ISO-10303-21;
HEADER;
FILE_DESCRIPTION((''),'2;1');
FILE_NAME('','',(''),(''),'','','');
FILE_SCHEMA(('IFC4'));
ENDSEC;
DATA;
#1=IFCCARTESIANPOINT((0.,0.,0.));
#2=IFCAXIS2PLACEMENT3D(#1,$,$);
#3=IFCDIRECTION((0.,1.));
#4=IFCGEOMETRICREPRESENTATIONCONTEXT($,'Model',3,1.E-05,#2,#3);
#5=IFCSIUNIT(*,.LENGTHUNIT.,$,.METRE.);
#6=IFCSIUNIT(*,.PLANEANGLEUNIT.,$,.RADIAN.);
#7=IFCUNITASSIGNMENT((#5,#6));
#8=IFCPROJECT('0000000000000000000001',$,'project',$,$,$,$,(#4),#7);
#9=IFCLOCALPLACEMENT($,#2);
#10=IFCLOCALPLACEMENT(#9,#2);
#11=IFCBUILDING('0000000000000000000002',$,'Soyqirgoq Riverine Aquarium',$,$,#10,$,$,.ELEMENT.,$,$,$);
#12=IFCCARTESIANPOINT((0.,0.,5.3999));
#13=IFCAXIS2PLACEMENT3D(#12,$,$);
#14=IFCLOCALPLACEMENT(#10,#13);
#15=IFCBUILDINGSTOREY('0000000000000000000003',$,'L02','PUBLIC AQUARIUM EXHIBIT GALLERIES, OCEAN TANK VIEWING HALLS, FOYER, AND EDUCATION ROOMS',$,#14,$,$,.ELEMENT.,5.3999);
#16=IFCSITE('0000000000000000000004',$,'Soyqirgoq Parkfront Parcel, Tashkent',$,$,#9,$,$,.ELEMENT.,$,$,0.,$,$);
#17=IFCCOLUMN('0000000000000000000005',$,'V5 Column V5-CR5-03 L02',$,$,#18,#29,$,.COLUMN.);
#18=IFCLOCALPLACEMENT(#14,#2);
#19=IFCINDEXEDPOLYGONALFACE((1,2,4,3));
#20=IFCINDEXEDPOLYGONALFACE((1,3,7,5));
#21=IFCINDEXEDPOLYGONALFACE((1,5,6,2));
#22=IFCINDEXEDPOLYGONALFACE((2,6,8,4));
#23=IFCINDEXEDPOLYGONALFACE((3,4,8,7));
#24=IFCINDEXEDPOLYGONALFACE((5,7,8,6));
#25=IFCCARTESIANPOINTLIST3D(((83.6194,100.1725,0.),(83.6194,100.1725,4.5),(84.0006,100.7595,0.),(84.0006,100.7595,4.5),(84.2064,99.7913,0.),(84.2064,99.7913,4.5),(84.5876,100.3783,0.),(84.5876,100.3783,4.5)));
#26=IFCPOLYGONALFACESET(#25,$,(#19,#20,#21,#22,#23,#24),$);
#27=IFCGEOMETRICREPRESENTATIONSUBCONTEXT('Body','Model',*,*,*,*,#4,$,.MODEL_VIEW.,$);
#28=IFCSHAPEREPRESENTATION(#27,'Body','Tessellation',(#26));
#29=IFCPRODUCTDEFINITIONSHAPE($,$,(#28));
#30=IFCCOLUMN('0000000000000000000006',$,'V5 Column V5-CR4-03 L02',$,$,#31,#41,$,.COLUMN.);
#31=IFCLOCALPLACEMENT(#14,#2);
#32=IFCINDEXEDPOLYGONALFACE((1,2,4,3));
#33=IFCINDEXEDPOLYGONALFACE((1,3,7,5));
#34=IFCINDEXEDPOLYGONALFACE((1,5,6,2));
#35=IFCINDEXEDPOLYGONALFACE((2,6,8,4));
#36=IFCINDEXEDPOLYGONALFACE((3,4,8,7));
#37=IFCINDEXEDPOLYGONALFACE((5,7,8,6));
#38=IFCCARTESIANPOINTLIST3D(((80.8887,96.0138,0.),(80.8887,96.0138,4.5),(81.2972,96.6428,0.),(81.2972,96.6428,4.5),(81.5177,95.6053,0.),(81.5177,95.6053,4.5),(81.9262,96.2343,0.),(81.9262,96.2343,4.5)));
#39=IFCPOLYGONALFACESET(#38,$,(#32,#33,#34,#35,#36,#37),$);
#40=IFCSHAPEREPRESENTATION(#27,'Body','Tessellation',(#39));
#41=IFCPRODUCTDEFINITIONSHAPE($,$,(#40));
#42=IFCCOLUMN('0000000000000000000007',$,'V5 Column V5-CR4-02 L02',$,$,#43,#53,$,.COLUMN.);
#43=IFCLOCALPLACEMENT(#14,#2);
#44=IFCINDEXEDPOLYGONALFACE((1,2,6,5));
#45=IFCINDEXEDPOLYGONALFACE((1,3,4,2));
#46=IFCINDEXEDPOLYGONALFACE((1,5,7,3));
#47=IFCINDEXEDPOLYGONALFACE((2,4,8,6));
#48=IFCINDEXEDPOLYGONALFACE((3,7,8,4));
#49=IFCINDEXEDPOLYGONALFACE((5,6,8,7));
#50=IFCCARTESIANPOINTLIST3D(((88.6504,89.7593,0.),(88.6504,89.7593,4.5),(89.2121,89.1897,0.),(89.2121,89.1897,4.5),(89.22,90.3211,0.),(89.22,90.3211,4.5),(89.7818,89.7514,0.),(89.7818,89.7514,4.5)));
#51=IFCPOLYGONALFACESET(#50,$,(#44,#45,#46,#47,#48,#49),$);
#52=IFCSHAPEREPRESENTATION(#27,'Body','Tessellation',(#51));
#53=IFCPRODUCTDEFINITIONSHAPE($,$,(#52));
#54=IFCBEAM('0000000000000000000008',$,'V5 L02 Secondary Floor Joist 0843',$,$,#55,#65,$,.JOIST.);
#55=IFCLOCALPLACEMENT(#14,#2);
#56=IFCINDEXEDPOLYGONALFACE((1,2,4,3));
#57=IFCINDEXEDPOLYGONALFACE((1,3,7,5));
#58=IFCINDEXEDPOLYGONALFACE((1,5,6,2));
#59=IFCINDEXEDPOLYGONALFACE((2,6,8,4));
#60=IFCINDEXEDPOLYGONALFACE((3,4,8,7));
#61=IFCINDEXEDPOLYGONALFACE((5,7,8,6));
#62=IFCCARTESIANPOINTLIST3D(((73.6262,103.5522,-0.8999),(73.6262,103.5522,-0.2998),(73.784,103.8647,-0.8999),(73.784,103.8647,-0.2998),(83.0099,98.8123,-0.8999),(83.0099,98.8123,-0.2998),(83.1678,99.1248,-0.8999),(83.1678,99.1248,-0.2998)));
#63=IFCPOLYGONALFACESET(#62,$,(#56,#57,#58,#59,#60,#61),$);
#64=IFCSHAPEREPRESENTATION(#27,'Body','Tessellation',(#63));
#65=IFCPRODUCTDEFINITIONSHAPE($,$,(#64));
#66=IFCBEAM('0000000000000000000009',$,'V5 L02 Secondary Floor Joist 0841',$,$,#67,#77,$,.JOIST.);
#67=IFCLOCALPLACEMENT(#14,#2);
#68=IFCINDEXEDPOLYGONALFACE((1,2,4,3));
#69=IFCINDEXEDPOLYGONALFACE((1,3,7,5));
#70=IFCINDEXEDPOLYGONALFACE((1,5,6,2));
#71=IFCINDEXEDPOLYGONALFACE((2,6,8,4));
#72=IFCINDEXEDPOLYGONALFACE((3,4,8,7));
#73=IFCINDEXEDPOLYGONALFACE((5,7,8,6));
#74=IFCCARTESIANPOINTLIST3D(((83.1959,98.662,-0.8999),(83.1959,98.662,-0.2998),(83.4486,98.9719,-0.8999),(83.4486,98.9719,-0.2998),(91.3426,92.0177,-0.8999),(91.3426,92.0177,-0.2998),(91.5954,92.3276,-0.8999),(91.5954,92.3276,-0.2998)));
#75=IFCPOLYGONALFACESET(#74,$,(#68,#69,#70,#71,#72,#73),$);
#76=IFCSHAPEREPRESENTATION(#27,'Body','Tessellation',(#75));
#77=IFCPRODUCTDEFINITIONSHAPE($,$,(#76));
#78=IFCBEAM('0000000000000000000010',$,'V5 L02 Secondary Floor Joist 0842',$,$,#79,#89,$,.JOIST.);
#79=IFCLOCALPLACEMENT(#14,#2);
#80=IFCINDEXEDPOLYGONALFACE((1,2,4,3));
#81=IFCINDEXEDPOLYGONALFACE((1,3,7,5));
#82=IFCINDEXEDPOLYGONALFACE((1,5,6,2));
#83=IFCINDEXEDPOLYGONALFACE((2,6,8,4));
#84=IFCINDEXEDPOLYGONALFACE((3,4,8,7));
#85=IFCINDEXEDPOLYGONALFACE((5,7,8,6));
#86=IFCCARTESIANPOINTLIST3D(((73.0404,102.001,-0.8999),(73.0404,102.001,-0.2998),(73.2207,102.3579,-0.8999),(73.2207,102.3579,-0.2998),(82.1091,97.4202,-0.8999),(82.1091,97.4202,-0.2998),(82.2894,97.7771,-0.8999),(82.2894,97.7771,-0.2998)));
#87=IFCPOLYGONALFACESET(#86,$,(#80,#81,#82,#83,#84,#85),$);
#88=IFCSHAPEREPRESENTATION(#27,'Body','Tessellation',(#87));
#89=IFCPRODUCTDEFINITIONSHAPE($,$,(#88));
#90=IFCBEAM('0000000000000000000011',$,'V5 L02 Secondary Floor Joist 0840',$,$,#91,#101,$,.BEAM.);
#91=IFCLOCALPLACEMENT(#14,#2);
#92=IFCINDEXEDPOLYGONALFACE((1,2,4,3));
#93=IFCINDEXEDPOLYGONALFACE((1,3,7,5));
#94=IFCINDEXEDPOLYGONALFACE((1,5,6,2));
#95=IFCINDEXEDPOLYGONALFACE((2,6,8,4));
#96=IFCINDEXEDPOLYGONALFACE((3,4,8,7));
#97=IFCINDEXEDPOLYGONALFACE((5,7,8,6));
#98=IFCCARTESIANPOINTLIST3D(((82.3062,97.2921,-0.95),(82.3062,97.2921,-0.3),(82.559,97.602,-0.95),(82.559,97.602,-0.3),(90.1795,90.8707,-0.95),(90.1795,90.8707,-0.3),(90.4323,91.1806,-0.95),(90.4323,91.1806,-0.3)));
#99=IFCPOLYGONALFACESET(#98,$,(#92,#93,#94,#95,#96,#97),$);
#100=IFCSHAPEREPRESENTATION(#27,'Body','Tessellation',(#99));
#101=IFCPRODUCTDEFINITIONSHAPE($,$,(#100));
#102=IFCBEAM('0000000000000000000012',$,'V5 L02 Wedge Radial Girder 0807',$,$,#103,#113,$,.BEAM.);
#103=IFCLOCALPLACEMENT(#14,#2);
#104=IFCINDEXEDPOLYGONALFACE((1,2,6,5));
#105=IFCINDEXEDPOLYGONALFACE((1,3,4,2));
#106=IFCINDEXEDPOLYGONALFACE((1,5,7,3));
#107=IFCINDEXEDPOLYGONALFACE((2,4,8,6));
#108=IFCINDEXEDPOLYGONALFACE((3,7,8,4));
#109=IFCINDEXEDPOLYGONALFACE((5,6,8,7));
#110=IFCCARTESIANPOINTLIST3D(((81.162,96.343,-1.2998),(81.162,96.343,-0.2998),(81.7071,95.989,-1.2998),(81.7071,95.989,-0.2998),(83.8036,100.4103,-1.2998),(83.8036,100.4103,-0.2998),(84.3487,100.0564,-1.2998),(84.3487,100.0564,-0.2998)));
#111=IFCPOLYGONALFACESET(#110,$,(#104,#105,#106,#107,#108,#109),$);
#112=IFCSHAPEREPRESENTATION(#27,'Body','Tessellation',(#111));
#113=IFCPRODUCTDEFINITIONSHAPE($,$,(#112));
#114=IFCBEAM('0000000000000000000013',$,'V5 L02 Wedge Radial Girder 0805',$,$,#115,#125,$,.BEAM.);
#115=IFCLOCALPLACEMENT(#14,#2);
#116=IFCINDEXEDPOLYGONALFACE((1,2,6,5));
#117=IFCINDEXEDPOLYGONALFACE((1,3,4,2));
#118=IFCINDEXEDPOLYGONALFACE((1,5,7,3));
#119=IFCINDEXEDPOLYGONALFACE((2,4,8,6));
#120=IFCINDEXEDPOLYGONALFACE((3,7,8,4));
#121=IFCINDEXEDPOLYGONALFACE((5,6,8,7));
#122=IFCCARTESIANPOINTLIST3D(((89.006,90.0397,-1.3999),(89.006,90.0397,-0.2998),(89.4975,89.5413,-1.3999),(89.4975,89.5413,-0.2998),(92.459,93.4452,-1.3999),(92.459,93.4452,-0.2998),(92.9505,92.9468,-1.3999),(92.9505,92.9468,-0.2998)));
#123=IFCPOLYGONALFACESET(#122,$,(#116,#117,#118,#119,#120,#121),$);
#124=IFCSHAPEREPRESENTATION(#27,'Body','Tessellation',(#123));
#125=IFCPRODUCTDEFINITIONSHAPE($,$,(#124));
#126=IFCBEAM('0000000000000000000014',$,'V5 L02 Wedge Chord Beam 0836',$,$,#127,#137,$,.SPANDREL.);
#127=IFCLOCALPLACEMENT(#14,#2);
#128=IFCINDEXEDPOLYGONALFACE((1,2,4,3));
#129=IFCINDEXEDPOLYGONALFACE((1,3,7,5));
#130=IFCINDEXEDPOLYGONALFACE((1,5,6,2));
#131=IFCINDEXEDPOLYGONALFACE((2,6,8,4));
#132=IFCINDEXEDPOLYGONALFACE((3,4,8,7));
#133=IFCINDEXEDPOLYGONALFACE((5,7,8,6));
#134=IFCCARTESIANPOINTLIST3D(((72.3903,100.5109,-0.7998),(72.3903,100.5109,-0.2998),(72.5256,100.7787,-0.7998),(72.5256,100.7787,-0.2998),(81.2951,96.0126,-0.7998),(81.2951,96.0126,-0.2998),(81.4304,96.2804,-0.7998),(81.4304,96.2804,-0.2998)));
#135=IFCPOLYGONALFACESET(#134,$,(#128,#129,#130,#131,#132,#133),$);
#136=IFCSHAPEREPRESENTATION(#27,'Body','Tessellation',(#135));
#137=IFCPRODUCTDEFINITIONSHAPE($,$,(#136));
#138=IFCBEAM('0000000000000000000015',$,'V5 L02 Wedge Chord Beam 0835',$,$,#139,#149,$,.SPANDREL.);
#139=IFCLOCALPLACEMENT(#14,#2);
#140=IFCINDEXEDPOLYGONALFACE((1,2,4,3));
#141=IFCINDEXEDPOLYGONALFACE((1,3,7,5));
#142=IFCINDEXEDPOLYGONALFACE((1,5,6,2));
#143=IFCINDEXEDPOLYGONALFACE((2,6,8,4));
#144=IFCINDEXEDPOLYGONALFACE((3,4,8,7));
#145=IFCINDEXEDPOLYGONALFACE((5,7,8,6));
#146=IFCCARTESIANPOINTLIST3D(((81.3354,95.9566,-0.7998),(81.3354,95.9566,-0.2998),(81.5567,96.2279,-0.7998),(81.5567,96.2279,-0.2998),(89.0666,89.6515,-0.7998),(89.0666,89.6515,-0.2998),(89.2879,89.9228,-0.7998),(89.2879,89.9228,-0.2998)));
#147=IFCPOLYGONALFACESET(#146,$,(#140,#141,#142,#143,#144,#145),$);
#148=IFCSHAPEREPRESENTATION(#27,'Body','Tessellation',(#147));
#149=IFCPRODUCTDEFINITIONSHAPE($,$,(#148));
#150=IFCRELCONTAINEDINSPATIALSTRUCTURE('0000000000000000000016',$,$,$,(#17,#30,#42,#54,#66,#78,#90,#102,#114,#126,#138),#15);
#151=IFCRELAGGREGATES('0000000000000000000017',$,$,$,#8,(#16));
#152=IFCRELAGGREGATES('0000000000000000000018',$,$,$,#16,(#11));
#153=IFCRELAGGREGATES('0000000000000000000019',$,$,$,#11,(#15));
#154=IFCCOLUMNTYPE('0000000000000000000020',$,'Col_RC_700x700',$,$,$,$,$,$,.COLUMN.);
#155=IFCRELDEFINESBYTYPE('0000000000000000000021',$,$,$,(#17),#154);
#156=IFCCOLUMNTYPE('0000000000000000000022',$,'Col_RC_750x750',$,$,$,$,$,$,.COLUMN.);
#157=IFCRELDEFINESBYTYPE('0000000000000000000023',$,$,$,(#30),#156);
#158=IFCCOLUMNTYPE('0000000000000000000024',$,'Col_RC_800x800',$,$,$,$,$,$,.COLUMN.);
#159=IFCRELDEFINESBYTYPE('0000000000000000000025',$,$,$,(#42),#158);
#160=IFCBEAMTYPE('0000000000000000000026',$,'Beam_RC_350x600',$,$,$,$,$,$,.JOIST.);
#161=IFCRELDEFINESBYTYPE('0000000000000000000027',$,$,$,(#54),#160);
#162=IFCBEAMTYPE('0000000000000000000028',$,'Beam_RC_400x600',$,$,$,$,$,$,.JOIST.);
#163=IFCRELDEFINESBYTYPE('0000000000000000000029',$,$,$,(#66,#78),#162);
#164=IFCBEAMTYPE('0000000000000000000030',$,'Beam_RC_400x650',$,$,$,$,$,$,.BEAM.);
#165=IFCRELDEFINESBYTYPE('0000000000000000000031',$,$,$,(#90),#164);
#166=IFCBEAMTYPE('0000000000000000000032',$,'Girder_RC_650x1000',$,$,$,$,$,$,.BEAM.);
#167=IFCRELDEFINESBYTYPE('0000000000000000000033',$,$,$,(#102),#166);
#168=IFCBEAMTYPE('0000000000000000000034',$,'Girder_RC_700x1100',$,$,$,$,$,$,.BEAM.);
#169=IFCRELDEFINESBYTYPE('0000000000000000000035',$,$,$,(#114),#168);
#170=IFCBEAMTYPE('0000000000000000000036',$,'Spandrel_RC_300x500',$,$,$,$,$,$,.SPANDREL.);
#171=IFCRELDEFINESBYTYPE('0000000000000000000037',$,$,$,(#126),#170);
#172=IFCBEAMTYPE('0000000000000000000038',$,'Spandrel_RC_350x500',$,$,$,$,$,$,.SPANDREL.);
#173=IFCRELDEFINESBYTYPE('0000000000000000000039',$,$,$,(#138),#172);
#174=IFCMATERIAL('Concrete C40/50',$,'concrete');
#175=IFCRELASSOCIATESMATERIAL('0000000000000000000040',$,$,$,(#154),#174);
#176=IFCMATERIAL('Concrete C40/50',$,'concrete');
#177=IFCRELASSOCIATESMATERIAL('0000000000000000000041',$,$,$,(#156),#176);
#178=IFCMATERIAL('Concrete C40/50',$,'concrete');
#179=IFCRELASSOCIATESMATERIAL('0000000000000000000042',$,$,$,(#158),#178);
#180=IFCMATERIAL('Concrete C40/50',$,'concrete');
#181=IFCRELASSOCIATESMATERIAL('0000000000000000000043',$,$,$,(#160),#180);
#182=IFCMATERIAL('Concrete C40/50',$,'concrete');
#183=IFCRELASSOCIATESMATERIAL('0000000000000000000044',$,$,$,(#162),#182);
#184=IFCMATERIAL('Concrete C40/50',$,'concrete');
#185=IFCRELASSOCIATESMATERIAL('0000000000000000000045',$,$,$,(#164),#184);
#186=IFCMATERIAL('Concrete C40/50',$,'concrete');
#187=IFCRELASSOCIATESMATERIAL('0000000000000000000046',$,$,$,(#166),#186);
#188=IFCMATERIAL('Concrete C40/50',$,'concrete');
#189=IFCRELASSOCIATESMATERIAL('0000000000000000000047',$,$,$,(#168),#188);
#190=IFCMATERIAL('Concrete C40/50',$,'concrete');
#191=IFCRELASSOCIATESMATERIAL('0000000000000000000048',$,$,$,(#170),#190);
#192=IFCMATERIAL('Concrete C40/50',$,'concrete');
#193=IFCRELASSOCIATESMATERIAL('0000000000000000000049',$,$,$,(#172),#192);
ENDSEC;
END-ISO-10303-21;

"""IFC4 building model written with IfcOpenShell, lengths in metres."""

from ifc_helpers import new_model, si_unit, direction, frame, origin, origin_2d, place, context, subcontext, project, spatial, rectangle, extrude, material, material_profile, profile_set, type_object, element, save


model = new_model("IFC4")

# Units and contexts
model_context = context("Model", 3, precision=1e-05, world=origin(), true_north=direction((0.0, 1.0)))
body_context = subcontext(model_context, "Body", "Model", "MODEL_VIEW")
ifc_project = project(units=[si_unit("LENGTHUNIT", "METRE"), si_unit("PLANEANGLEUNIT", "RADIAN")], contexts=[model_context])

# Site, building, storey
site_placement = place(None, origin())
site = spatial("IfcSite", under=ifc_project, at=site_placement, Name="Soyqirgoq Parkfront Parcel, Tashkent", CompositionType="ELEMENT", RefElevation=0.0)
building_placement = place(site_placement, origin())
building = spatial("IfcBuilding", under=site, at=building_placement, Name="Soyqirgoq Riverine Aquarium", CompositionType="ELEMENT")
storey_placement = place(building_placement, frame((0.0, 0.0, 5.3999)))
storey = spatial("IfcBuildingStorey", under=building, at=storey_placement, Name="L02", Description="PUBLIC AQUARIUM EXHIBIT GALLERIES, OCEAN TANK VIEWING HALLS, FOYER, AND EDUCATION ROOMS", CompositionType="ELEMENT", Elevation=5.3999)

# Columns
ifc_material_1 = material(Name="Concrete C40/50", Category="concrete")
ifc_material_profile_1 = material_profile(ifc_material_1, rectangle(XDim=0.7, YDim=0.7, at=origin_2d()), Name="RC 700x700")
ifc_profile_set_1 = profile_set([ifc_material_profile_1], Name="Concrete C40/50")
column_type_1 = type_object("IfcColumnType", Name="Col_RC_700x700", PredefinedType="COLUMN", material=ifc_profile_set_1)
column_1_placement = place(storey_placement, frame((84.1035, 100.2754, 0.0), z_axis=(0.0, 0.0, 1.0), x_axis=(0.544639, 0.838671, 0.0)))
element("IfcColumn", 1, at=column_1_placement, inside=storey, type_object=column_type_1, Name="V5 Column V5-CR5-03 L02", PredefinedType="COLUMN", context=body_context, shape_type="SweptSolid", body=[
    extrude(rectangle(XDim=0.7, YDim=0.7, at=origin_2d()), origin(), (0.0, 0.0, 1.0), 4.5),
])
ifc_material_2 = material(Name="Concrete C40/50", Category="concrete")
ifc_material_profile_2 = material_profile(ifc_material_2, rectangle(XDim=0.75, YDim=0.75, at=origin_2d()), Name="RC 750x750")
ifc_profile_set_2 = profile_set([ifc_material_profile_2], Name="Concrete C40/50")
column_type_2 = type_object("IfcColumnType", Name="Col_RC_750x750", PredefinedType="COLUMN", material=ifc_profile_set_2)
column_2_placement = place(storey_placement, frame((81.4075, 96.124, 0.0), z_axis=(0.0, 0.0, 1.0), x_axis=(0.544639, 0.838671, 0.0)))
element("IfcColumn", 2, at=column_2_placement, inside=storey, type_object=column_type_2, Name="V5 Column V5-CR4-03 L02", PredefinedType="COLUMN", context=body_context, shape_type="SweptSolid", body=[
    extrude(rectangle(XDim=0.75, YDim=0.75, at=origin_2d()), origin(), (0.0, 0.0, 1.0), 4.5),
])
ifc_material_3 = material(Name="Concrete C40/50", Category="concrete")
ifc_material_profile_3 = material_profile(ifc_material_3, rectangle(XDim=0.8, YDim=0.8, at=origin_2d()), Name="RC 800x800")
ifc_profile_set_3 = profile_set([ifc_material_profile_3], Name="Concrete C40/50")
column_type_3 = type_object("IfcColumnType", Name="Col_RC_800x800", PredefinedType="COLUMN", material=ifc_profile_set_3)
column_3_placement = place(storey_placement, frame((89.2161, 89.7554, 0.0), z_axis=(0.0, 0.0, 1.0), x_axis=(0.712026, 0.702153, 0.0)))
element("IfcColumn", 3, at=column_3_placement, inside=storey, type_object=column_type_3, Name="V5 Column V5-CR4-02 L02", PredefinedType="COLUMN", context=body_context, shape_type="SweptSolid", body=[
    extrude(rectangle(XDim=0.8, YDim=0.8, at=origin_2d()), origin(), (0.0, 0.0, 1.0), 4.5),
])

# Beams
ifc_material_4 = material(Name="Concrete C40/50", Category="concrete")
ifc_material_profile_4 = material_profile(ifc_material_4, rectangle(XDim=0.3501, YDim=0.6001, at=origin_2d()), Name="RC 350x600")
ifc_profile_set_4 = profile_set([ifc_material_profile_4], Name="Concrete C40/50")
beam_type_1 = type_object("IfcBeamType", Name="Beam_RC_350x600", PredefinedType="JOIST", material=ifc_profile_set_4)
beam_1_placement = place(storey_placement, frame((83.0889, 98.9685, -0.5999), z_axis=(-0.89259, 0.45087, 0.0), x_axis=(-0.45087, -0.89259, 0.0)))
element("IfcBeam", 4, at=beam_1_placement, inside=storey, type_object=beam_type_1, Name="V5 L02 Secondary Floor Joist 0843", PredefinedType="JOIST", context=body_context, shape_type="SweptSolid", body=[
    extrude(rectangle(XDim=0.3501, YDim=0.6001, at=origin_2d()), origin(), (0.0, 0.0, 1.0), 10.5129),
])
ifc_material_5 = material(Name="Concrete C40/50", Category="concrete")
ifc_material_profile_5 = material_profile(ifc_material_5, rectangle(XDim=0.3999, YDim=0.6001, at=origin_2d()), Name="RC 400x600")
ifc_profile_set_5 = profile_set([ifc_material_profile_5], Name="Concrete C40/50")
beam_type_2 = type_object("IfcBeamType", Name="Beam_RC_400x600", PredefinedType="JOIST", material=ifc_profile_set_5)
beam_2_placement = place(storey_placement, frame((91.469, 92.1726, -0.5999), z_axis=(-0.774946, 0.632028, 0.0), x_axis=(-0.632028, -0.774946, 0.0)))
element("IfcBeam", 5, at=beam_2_placement, inside=storey, type_object=beam_type_2, Name="V5 L02 Secondary Floor Joist 0841", PredefinedType="JOIST", context=body_context, shape_type="SweptSolid", body=[
    extrude(rectangle(XDim=0.3999, YDim=0.6001, at=origin_2d()), origin(), (0.0, 0.0, 1.0), 10.5127),
])
beam_3_placement = place(storey_placement, frame((82.1992, 97.5986, -0.5999), z_axis=(-0.892589, 0.450872, 0.0), x_axis=(-0.450872, -0.892589, 0.0)))
element("IfcBeam", 6, at=beam_3_placement, inside=storey, type_object=beam_type_2, Name="V5 L02 Secondary Floor Joist 0842", PredefinedType="JOIST", context=body_context, shape_type="SweptSolid", body=[
    extrude(rectangle(XDim=0.3999, YDim=0.6001, at=origin_2d()), origin(), (0.0, 0.0, 1.0), 10.1599),
])
ifc_material_6 = material(Name="Concrete C40/50", Category="concrete")
ifc_material_profile_6 = material_profile(ifc_material_6, rectangle(XDim=0.3999, YDim=0.6499, at=origin_2d()), Name="RC 400x650")
ifc_profile_set_6 = profile_set([ifc_material_profile_6], Name="Concrete C40/50")
beam_type_3 = type_object("IfcBeamType", Name="Beam_RC_400x650", PredefinedType="BEAM", material=ifc_profile_set_6)
beam_4_placement = place(storey_placement, frame((90.3059, 91.0256, -0.625), z_axis=(-0.77494, 0.632034, 0.0), x_axis=(-0.632034, -0.77494, 0.0)))
element("IfcBeam", 7, at=beam_4_placement, inside=storey, type_object=beam_type_3, Name="V5 L02 Secondary Floor Joist 0840", PredefinedType="BEAM", context=body_context, shape_type="SweptSolid", body=[
    extrude(rectangle(XDim=0.3999, YDim=0.6499, at=origin_2d()), origin(), (0.0, 0.0, 1.0), 10.1599),
])
ifc_material_7 = material(Name="Concrete C40/50", Category="concrete")
ifc_material_profile_7 = material_profile(ifc_material_7, rectangle(XDim=0.6499, YDim=1.0, at=origin_2d()), Name="RC 650x1000")
ifc_profile_set_7 = profile_set([ifc_material_profile_7], Name="Concrete C40/50")
beam_type_4 = type_object("IfcBeamType", Name="Girder_RC_650x1000", PredefinedType="BEAM", material=ifc_profile_set_7)
beam_5_placement = place(storey_placement, frame((81.4346, 96.166, -0.7998), z_axis=(0.54467, 0.838651, 0.0), x_axis=(-0.838651, 0.54467, 0.0)))
element("IfcBeam", 8, at=beam_5_placement, inside=storey, type_object=beam_type_4, Name="V5 L02 Wedge Radial Girder 0807", PredefinedType="BEAM", context=body_context, shape_type="SweptSolid", body=[
    extrude(rectangle(XDim=0.6499, YDim=1.0, at=origin_2d()), origin(), (0.0, 0.0, 1.0), 4.8499),
])
ifc_material_8 = material(Name="Concrete C40/50", Category="concrete")
ifc_material_profile_8 = material_profile(ifc_material_8, rectangle(XDim=0.7, YDim=1.1001, at=origin_2d()), Name="RC 700x1100")
ifc_profile_set_8 = profile_set([ifc_material_profile_8], Name="Concrete C40/50")
beam_type_5 = type_object("IfcBeamType", Name="Girder_RC_700x1100", PredefinedType="BEAM", material=ifc_profile_set_8)
beam_6_placement = place(storey_placement, frame((89.2517, 89.7905, -0.8499), z_axis=(0.711998, 0.702182, 0.0), x_axis=(-0.702182, 0.711998, 0.0)))
element("IfcBeam", 9, at=beam_6_placement, inside=storey, type_object=beam_type_5, Name="V5 L02 Wedge Radial Girder 0805", PredefinedType="BEAM", context=body_context, shape_type="SweptSolid", body=[
    extrude(rectangle(XDim=0.7, YDim=1.1001, at=origin_2d()), origin(), (0.0, 0.0, 1.0), 4.8499),
])
ifc_material_9 = material(Name="Concrete C40/50", Category="concrete")
ifc_material_profile_9 = material_profile(ifc_material_9, rectangle(XDim=0.3, YDim=0.5, at=origin_2d()), Name="RC 300x500")
ifc_profile_set_9 = profile_set([ifc_material_profile_9], Name="Concrete C40/50")
beam_type_6 = type_object("IfcBeamType", Name="Spandrel_RC_300x500", PredefinedType="SPANDREL", material=ifc_profile_set_9)
beam_7_placement = place(storey_placement, frame((81.3628, 96.1465, -0.5498), z_axis=(-0.892579, 0.45089, 0.0), x_axis=(-0.45089, -0.892579, 0.0)))
element("IfcBeam", 10, at=beam_7_placement, inside=storey, type_object=beam_type_6, Name="V5 L02 Wedge Chord Beam 0836", PredefinedType="SPANDREL", context=body_context, shape_type="SweptSolid", body=[
    extrude(rectangle(XDim=0.3, YDim=0.5, at=origin_2d()), origin(), (0.0, 0.0, 1.0), 9.9766),
])
ifc_material_10 = material(Name="Concrete C40/50", Category="concrete")
ifc_material_profile_10 = material_profile(ifc_material_10, rectangle(XDim=0.3501, YDim=0.5, at=origin_2d()), Name="RC 350x500")
ifc_profile_set_10 = profile_set([ifc_material_profile_10], Name="Concrete C40/50")
beam_type_7 = type_object("IfcBeamType", Name="Spandrel_RC_350x500", PredefinedType="SPANDREL", material=ifc_profile_set_10)
beam_8_placement = place(storey_placement, frame((89.1772, 89.7871, -0.5498), z_axis=(-0.774956, 0.632015, 0.0), x_axis=(-0.632015, -0.774956, 0.0)))
element("IfcBeam", 11, at=beam_8_placement, inside=storey, type_object=beam_type_7, Name="V5 L02 Wedge Chord Beam 0835", PredefinedType="SPANDREL", context=body_context, shape_type="SweptSolid", body=[
    extrude(rectangle(XDim=0.3501, YDim=0.5, at=origin_2d()), origin(), (0.0, 0.0, 1.0), 9.9763),
])

save(model, "model.ifc")
